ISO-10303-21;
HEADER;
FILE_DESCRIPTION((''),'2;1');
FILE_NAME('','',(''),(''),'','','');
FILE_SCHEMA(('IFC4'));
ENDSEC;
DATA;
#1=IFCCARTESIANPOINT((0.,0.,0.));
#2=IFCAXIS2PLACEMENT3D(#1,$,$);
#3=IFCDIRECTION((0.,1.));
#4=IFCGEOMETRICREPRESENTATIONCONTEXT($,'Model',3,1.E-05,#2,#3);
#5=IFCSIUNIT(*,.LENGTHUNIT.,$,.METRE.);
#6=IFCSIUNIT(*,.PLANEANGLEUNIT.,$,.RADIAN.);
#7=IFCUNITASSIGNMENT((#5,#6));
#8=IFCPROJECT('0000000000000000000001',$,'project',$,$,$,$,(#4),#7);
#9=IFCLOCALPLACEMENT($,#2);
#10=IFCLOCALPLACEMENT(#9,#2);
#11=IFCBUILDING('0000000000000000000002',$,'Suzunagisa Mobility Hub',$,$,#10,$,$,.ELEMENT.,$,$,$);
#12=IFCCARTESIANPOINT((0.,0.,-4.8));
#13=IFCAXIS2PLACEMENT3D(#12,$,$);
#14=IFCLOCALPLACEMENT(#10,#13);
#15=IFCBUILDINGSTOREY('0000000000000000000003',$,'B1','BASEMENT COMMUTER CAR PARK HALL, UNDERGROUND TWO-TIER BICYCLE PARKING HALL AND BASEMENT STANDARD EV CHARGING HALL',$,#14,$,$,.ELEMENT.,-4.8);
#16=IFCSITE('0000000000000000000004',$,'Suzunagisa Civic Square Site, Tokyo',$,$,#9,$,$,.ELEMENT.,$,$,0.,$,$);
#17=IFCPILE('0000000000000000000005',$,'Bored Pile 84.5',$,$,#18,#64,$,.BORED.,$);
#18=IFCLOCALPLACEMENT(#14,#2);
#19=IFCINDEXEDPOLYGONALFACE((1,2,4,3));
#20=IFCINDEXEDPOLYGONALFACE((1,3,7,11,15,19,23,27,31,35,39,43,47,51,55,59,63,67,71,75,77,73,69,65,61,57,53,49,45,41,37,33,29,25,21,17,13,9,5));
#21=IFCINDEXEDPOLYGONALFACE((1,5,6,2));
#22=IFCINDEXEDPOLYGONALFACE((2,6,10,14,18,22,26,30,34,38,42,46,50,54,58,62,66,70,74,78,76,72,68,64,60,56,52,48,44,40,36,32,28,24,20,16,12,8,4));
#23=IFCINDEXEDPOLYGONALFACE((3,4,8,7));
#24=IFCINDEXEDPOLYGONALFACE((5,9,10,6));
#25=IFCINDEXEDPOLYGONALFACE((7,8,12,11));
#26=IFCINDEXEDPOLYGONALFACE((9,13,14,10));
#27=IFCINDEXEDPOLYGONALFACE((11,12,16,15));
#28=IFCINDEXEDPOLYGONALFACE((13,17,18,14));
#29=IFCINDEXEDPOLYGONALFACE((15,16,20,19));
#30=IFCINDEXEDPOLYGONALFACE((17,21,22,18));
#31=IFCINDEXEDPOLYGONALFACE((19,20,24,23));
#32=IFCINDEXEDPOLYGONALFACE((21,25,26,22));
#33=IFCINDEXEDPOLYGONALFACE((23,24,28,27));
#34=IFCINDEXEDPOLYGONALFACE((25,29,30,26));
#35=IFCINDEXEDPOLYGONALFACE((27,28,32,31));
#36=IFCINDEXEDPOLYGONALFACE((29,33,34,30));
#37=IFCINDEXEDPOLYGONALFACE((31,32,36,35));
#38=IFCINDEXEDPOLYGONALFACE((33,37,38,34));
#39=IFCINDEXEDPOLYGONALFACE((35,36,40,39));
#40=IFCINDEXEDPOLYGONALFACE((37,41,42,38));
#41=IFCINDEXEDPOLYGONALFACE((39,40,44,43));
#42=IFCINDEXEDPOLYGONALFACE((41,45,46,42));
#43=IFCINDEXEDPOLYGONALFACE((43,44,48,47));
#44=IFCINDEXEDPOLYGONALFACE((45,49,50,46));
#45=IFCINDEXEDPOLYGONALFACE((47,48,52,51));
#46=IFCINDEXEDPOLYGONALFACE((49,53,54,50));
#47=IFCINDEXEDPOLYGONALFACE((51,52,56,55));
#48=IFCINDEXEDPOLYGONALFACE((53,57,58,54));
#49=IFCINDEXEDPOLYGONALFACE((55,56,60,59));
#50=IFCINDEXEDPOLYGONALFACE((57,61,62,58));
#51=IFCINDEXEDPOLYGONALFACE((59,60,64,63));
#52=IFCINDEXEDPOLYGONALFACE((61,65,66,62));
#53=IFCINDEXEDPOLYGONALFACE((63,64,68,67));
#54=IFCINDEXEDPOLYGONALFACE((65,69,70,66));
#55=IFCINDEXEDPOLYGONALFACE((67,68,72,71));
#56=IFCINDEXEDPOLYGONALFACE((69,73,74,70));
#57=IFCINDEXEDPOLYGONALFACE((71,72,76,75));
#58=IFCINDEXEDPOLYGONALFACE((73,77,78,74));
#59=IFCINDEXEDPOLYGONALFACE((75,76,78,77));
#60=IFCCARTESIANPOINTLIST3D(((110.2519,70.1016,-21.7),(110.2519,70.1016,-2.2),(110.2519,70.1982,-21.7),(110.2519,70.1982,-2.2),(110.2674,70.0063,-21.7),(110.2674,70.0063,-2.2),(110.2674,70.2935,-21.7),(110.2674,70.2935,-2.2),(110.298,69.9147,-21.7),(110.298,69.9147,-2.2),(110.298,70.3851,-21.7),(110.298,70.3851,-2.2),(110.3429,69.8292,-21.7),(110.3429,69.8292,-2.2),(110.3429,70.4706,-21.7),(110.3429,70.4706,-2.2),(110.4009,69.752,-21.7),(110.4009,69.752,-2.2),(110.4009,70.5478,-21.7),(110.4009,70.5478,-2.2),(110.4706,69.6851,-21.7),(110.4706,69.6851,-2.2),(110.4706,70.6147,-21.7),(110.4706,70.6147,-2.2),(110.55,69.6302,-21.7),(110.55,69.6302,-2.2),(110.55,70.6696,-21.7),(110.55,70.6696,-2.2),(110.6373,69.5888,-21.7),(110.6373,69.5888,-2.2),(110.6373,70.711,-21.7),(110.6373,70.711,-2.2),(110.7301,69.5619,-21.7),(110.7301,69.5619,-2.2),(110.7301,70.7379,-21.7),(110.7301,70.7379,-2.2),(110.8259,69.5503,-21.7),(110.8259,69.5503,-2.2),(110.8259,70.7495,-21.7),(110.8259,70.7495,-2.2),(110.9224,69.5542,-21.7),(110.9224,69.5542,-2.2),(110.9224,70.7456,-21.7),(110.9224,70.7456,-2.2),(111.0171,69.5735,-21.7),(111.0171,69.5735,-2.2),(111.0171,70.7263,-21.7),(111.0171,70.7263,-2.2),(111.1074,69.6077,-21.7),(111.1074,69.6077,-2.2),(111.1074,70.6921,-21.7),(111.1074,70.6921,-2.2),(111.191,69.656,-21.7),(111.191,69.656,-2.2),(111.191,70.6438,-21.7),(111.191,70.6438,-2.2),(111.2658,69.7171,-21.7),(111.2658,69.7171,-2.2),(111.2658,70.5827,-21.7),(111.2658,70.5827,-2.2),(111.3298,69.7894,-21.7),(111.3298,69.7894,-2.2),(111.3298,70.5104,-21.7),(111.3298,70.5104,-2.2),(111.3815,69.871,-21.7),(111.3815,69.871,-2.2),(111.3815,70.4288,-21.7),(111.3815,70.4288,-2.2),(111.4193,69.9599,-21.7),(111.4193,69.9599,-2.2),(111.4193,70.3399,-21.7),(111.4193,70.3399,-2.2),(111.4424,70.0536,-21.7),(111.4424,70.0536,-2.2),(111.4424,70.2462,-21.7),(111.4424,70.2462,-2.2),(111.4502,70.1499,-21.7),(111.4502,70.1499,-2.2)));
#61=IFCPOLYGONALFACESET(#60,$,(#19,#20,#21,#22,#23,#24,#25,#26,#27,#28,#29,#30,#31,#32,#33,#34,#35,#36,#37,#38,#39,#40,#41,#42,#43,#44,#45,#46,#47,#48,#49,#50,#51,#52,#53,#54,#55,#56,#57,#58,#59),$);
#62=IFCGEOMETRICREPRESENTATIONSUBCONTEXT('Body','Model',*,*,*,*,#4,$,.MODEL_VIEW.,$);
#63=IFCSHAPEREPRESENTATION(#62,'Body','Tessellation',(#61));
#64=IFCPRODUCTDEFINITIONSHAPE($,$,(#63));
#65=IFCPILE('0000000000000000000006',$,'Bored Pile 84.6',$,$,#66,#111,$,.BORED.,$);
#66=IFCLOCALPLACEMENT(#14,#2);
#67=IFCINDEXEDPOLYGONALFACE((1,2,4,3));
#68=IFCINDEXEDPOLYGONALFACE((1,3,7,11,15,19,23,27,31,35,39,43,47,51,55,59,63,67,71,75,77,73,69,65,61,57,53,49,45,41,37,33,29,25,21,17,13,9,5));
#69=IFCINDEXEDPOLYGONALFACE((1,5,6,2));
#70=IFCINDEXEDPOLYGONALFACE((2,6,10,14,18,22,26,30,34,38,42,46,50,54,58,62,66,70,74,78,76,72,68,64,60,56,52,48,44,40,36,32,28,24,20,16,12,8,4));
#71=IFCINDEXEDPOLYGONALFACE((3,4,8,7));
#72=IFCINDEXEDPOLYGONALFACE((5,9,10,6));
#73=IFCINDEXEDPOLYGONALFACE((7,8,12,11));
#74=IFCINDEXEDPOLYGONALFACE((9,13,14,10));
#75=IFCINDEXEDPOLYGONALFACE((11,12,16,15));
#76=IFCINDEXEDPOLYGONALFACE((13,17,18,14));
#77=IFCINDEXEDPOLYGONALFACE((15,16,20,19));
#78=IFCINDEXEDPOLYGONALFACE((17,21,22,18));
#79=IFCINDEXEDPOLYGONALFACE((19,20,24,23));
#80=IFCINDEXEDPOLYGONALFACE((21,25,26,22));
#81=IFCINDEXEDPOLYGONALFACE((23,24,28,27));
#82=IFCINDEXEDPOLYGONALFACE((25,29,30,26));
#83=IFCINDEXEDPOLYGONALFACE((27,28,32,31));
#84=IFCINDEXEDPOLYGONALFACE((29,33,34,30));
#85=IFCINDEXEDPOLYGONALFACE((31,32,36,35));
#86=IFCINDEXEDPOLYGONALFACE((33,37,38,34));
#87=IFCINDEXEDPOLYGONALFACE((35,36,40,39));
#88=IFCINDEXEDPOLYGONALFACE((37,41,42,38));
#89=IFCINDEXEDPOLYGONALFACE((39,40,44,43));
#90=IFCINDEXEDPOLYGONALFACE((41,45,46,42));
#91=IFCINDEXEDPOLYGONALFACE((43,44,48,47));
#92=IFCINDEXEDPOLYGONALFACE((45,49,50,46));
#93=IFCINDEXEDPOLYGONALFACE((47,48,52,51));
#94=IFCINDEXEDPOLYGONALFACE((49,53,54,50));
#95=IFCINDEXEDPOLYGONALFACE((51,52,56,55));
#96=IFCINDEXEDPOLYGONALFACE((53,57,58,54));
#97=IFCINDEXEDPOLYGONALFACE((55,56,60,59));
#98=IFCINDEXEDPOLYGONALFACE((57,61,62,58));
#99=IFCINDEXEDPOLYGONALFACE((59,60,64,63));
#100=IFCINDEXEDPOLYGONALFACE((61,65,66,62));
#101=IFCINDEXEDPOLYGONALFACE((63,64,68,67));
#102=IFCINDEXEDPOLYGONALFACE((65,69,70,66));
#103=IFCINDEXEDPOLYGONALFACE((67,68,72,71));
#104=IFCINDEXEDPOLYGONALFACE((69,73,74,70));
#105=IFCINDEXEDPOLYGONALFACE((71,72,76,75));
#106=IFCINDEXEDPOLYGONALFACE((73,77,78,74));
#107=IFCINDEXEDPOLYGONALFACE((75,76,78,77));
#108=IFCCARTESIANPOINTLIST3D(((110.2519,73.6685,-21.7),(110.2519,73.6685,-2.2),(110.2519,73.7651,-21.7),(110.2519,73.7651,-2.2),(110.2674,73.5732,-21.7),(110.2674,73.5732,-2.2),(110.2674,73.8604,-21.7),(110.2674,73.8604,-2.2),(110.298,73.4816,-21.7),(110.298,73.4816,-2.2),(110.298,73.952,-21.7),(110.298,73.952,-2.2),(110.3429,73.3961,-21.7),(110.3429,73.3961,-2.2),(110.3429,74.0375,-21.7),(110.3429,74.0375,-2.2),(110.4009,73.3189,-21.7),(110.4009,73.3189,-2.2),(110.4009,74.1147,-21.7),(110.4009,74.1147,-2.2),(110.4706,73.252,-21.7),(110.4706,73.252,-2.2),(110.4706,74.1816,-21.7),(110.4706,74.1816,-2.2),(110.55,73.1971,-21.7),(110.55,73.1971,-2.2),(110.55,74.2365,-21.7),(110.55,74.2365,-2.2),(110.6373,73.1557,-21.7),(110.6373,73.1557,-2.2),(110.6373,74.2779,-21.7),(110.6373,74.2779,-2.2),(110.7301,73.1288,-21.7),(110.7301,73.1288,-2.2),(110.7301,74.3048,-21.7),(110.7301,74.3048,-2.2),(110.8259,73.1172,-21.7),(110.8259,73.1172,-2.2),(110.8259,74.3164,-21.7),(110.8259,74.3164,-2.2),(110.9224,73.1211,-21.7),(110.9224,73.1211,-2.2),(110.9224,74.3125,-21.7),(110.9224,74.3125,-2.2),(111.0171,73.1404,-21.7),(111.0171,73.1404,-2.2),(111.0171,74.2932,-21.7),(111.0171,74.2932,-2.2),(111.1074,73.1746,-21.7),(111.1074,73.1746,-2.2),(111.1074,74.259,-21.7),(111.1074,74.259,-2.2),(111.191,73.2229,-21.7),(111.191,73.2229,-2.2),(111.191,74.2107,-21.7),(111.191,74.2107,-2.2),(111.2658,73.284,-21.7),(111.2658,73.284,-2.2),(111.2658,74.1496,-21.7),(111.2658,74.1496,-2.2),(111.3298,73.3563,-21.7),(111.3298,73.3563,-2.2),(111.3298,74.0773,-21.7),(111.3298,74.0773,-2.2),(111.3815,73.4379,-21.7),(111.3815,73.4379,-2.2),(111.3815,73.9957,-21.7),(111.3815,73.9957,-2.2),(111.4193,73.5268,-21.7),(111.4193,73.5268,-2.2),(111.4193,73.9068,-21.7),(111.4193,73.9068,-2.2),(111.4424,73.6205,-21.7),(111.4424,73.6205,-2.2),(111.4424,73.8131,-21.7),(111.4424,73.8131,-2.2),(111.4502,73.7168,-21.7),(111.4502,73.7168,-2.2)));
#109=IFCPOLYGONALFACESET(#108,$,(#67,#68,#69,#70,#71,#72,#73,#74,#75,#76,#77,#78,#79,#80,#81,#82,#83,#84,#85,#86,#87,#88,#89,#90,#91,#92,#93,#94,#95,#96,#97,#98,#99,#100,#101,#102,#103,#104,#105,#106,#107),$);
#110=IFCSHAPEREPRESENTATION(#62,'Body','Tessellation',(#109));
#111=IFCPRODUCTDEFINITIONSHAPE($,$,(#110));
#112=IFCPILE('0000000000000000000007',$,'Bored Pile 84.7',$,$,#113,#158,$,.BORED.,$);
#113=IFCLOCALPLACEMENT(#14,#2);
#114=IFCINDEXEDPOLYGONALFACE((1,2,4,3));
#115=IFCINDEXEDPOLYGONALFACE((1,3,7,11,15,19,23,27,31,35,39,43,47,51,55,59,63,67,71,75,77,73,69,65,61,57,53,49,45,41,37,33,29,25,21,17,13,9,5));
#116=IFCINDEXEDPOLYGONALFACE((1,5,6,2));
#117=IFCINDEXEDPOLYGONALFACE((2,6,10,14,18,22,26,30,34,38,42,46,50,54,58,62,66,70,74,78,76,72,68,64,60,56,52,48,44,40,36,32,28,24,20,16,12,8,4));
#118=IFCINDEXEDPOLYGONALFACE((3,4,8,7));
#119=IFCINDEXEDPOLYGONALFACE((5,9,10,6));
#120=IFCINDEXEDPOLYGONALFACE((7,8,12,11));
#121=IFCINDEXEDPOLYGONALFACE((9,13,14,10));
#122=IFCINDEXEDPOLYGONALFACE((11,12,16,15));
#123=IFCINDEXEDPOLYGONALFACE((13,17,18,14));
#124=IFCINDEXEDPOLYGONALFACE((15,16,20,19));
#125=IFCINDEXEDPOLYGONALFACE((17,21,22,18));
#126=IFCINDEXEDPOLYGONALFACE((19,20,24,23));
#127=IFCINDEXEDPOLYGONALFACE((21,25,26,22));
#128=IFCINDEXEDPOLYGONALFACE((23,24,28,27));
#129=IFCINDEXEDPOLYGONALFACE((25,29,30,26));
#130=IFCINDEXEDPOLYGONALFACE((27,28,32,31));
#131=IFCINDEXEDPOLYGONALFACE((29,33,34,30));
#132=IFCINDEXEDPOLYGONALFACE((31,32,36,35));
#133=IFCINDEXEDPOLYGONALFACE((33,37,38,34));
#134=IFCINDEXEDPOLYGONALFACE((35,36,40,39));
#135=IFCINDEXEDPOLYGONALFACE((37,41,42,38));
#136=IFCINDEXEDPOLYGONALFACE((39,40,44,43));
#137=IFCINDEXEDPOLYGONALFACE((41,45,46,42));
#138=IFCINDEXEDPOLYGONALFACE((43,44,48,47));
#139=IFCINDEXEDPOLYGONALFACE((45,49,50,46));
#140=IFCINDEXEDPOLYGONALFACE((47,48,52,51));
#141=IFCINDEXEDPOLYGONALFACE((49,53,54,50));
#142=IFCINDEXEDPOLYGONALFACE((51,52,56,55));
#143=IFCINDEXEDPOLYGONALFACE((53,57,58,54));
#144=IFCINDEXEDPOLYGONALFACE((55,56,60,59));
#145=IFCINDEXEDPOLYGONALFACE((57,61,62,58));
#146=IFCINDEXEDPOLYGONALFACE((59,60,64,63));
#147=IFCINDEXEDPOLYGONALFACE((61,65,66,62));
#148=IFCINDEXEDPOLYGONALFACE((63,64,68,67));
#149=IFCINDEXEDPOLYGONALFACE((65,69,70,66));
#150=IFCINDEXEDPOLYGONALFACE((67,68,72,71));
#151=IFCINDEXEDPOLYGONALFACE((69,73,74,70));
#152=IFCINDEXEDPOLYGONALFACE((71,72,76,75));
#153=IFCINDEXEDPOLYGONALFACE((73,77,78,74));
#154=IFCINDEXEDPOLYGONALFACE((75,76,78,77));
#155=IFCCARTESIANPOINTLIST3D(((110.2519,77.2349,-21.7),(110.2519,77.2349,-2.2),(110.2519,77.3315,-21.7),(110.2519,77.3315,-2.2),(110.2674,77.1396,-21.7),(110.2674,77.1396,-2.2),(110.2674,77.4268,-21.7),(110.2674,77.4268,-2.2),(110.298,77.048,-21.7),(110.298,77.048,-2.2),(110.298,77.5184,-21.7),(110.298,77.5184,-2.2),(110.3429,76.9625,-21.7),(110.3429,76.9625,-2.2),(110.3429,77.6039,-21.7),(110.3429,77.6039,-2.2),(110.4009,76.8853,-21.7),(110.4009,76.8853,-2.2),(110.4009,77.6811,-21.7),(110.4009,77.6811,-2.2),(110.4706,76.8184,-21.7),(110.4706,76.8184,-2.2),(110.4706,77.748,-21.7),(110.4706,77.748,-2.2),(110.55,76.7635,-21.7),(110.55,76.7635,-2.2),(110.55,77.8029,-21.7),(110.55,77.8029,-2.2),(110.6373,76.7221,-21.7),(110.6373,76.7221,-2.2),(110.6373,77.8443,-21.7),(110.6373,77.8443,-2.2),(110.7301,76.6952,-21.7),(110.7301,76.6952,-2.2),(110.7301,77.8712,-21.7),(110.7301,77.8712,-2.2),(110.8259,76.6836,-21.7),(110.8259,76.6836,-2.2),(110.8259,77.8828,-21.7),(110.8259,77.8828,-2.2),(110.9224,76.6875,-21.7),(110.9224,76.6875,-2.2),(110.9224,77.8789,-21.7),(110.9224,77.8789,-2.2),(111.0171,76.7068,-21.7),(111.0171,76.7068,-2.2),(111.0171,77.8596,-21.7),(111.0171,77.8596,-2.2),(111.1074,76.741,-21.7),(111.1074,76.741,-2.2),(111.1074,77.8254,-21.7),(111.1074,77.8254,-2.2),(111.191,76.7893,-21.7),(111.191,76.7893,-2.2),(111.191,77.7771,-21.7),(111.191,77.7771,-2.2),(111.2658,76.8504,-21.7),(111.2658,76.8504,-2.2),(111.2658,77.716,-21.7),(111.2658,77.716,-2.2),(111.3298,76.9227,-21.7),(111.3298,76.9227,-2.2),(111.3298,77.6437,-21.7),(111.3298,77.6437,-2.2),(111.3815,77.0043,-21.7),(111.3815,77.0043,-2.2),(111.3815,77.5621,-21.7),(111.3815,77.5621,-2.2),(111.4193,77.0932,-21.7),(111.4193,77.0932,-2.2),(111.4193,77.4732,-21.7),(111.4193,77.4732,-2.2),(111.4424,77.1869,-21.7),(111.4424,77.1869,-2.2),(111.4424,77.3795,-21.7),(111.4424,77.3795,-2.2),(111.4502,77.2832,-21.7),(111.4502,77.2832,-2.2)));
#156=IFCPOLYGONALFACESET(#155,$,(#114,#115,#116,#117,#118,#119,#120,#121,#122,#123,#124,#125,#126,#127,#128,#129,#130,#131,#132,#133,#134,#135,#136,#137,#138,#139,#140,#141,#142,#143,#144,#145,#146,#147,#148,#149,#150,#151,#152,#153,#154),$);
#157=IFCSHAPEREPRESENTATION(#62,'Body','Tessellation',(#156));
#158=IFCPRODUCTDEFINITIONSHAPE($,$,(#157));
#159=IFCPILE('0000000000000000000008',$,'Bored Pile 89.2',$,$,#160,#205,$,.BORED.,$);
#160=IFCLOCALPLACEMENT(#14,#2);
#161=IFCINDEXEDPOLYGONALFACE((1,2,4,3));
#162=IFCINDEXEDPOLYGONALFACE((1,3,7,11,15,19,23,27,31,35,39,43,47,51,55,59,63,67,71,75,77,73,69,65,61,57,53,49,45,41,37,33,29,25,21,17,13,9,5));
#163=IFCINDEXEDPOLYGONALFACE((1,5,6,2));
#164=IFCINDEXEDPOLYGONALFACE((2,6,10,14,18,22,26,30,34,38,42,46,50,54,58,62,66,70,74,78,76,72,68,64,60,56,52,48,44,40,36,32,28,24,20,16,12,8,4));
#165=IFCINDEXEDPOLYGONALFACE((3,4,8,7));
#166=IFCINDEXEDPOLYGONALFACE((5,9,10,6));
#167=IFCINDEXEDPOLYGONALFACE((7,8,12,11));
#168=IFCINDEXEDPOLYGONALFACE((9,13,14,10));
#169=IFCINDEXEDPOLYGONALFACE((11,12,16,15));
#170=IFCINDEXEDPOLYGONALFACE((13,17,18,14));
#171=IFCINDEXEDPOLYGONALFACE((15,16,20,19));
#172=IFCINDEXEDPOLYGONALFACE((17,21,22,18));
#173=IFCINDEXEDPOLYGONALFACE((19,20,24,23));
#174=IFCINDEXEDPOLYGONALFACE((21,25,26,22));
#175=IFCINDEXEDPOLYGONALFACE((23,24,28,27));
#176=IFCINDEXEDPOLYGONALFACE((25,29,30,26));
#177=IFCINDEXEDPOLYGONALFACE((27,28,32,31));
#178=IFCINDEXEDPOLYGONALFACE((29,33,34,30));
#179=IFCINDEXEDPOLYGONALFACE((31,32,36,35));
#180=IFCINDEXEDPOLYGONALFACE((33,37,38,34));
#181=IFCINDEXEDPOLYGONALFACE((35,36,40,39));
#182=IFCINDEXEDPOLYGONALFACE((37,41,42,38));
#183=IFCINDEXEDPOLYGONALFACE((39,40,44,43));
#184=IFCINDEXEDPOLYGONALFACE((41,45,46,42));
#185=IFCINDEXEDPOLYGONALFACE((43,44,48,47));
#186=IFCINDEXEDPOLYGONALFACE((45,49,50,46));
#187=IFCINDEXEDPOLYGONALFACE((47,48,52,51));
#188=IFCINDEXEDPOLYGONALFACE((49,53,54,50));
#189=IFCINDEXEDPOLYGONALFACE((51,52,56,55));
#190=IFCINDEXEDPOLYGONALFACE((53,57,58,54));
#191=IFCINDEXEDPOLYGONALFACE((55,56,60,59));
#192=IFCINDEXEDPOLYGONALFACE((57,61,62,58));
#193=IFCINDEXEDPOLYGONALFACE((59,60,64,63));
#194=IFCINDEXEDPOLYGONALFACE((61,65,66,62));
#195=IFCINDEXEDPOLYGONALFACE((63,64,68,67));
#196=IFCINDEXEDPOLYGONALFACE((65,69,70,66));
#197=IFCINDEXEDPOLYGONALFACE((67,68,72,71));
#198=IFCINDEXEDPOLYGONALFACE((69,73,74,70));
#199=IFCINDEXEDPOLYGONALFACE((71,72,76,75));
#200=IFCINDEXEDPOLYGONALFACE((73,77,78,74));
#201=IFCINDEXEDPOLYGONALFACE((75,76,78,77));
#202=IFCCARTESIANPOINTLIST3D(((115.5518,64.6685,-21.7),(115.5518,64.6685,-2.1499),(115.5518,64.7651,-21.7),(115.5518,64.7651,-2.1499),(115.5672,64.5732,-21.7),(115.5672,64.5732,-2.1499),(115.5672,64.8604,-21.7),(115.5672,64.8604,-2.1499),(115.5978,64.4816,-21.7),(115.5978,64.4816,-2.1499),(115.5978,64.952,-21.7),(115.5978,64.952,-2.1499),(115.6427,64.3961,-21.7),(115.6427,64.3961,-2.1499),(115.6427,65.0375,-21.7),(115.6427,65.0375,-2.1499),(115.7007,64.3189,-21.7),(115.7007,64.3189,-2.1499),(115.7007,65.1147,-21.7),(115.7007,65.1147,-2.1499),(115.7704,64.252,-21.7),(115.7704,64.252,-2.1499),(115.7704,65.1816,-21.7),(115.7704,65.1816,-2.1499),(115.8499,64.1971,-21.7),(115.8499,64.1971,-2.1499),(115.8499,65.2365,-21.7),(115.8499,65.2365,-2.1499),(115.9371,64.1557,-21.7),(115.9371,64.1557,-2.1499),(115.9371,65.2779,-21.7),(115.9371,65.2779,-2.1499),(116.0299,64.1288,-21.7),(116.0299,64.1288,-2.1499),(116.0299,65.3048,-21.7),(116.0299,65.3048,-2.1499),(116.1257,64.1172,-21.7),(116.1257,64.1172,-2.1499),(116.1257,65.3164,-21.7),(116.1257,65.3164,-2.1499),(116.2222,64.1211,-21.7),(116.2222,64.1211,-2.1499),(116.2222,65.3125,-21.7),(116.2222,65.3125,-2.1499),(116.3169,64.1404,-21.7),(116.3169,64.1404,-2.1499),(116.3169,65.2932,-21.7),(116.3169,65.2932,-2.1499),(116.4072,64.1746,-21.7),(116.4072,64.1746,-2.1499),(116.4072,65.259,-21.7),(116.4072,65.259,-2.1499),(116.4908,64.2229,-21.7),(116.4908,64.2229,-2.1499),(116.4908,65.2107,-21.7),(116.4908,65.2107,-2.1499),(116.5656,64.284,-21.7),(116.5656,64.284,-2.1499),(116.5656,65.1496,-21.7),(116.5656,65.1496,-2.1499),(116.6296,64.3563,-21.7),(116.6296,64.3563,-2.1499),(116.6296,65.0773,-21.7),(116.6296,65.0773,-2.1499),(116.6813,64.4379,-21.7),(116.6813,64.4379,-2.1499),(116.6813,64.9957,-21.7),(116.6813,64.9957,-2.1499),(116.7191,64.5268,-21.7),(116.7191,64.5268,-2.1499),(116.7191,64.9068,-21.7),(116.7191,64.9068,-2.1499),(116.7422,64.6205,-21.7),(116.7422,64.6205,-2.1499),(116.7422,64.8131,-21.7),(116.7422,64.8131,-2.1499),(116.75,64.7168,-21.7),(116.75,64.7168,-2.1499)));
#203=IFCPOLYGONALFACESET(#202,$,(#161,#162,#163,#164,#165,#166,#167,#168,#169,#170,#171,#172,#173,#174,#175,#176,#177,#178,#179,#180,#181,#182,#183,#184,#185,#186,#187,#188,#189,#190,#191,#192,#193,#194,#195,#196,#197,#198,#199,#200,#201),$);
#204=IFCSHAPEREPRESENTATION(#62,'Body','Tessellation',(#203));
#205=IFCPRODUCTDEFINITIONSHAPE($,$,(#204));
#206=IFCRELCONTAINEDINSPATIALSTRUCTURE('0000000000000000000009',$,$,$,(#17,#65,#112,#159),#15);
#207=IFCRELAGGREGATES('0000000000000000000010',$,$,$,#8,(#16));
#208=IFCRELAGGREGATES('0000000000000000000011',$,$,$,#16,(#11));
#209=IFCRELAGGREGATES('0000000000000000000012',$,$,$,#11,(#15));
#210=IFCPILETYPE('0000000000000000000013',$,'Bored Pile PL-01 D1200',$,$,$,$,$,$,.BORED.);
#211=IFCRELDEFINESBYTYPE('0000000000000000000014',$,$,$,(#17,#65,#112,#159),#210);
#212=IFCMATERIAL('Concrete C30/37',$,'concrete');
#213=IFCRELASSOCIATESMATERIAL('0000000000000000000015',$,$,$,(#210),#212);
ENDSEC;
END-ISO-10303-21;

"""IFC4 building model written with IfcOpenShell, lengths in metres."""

from ifc_helpers import new_model, si_unit, direction, frame, origin, origin_2d, place, context, subcontext, project, spatial, circle, extrude, material, material_profile, profile_set, type_object, element, save


model = new_model("IFC4")

# Units and contexts
model_context = context("Model", 3, precision=1e-05, world=origin(), true_north=direction((0.0, 1.0)))
body_context = subcontext(model_context, "Body", "Model", "MODEL_VIEW")
ifc_project = project(units=[si_unit("LENGTHUNIT", "METRE"), si_unit("PLANEANGLEUNIT", "RADIAN")], contexts=[model_context])

# Site, building, storey
site_placement = place(None, origin())
site = spatial("IfcSite", under=ifc_project, at=site_placement, Name="Suzunagisa Civic Square Site, Tokyo", CompositionType="ELEMENT", RefElevation=0.0)
building_placement = place(site_placement, origin())
building = spatial("IfcBuilding", under=site, at=building_placement, Name="Suzunagisa Mobility Hub", CompositionType="ELEMENT")
storey_placement = place(building_placement, frame((0.0, 0.0, -4.8)))
storey = spatial("IfcBuildingStorey", under=building, at=storey_placement, Name="B1", Description="BASEMENT COMMUTER CAR PARK HALL, UNDERGROUND TWO-TIER BICYCLE PARKING HALL AND BASEMENT STANDARD EV CHARGING HALL", CompositionType="ELEMENT", Elevation=-4.8)

# Piles
ifc_material_1 = material(Name="Concrete C30/37", Category="concrete")
ifc_material_profile_1 = material_profile(ifc_material_1, circle(Radius=0.6001, at=origin_2d()), Name="BORED PILE D1200")
ifc_profile_set_1 = profile_set([ifc_material_profile_1], Name="Concrete C30/37")
pile_type_1 = type_object("IfcPileType", Name="Bored Pile PL-01 D1200", PredefinedType="BORED", material=ifc_profile_set_1)
for number, where, z_axis, x_axis, name in (
    (1, (110.8501, 70.1499, -2.2), (0.0, 0.0, -1.0), (1.0, 0.0, 0.0), "Bored Pile 84.5"),
    (2, (110.8501, 73.7168, -2.2), (0.0, 0.0, -1.0), (1.0, 0.0, 0.0), "Bored Pile 84.6"),
    (3, (110.8501, 77.2832, -2.2), (0.0, 0.0, -1.0), (1.0, 0.0, 0.0), "Bored Pile 84.7"),
):
    element("IfcPile", number, at=place(storey_placement, frame(where, z_axis=z_axis, x_axis=x_axis)), inside=storey, type_object=pile_type_1, Name=name, PredefinedType="BORED", context=body_context, shape_type="SweptSolid", body=[
        extrude(circle(Radius=0.6001, at=origin_2d()), origin(), (0.0, 0.0, 1.0), 19.5),
    ])
for number, where, z_axis, x_axis, name in (
    (4, (116.1499, 64.7168, -2.1499), (0.0, 0.0, -1.0), (1.0, 0.0, 0.0), "Bored Pile 89.2"),
):
    element("IfcPile", number, at=place(storey_placement, frame(where, z_axis=z_axis, x_axis=x_axis)), inside=storey, type_object=pile_type_1, Name=name, PredefinedType="BORED", context=body_context, shape_type="SweptSolid", body=[
        extrude(circle(Radius=0.6001, at=origin_2d()), origin(), (0.0, 0.0, 1.0), 19.55),
    ])

save(model, "model.ifc")
